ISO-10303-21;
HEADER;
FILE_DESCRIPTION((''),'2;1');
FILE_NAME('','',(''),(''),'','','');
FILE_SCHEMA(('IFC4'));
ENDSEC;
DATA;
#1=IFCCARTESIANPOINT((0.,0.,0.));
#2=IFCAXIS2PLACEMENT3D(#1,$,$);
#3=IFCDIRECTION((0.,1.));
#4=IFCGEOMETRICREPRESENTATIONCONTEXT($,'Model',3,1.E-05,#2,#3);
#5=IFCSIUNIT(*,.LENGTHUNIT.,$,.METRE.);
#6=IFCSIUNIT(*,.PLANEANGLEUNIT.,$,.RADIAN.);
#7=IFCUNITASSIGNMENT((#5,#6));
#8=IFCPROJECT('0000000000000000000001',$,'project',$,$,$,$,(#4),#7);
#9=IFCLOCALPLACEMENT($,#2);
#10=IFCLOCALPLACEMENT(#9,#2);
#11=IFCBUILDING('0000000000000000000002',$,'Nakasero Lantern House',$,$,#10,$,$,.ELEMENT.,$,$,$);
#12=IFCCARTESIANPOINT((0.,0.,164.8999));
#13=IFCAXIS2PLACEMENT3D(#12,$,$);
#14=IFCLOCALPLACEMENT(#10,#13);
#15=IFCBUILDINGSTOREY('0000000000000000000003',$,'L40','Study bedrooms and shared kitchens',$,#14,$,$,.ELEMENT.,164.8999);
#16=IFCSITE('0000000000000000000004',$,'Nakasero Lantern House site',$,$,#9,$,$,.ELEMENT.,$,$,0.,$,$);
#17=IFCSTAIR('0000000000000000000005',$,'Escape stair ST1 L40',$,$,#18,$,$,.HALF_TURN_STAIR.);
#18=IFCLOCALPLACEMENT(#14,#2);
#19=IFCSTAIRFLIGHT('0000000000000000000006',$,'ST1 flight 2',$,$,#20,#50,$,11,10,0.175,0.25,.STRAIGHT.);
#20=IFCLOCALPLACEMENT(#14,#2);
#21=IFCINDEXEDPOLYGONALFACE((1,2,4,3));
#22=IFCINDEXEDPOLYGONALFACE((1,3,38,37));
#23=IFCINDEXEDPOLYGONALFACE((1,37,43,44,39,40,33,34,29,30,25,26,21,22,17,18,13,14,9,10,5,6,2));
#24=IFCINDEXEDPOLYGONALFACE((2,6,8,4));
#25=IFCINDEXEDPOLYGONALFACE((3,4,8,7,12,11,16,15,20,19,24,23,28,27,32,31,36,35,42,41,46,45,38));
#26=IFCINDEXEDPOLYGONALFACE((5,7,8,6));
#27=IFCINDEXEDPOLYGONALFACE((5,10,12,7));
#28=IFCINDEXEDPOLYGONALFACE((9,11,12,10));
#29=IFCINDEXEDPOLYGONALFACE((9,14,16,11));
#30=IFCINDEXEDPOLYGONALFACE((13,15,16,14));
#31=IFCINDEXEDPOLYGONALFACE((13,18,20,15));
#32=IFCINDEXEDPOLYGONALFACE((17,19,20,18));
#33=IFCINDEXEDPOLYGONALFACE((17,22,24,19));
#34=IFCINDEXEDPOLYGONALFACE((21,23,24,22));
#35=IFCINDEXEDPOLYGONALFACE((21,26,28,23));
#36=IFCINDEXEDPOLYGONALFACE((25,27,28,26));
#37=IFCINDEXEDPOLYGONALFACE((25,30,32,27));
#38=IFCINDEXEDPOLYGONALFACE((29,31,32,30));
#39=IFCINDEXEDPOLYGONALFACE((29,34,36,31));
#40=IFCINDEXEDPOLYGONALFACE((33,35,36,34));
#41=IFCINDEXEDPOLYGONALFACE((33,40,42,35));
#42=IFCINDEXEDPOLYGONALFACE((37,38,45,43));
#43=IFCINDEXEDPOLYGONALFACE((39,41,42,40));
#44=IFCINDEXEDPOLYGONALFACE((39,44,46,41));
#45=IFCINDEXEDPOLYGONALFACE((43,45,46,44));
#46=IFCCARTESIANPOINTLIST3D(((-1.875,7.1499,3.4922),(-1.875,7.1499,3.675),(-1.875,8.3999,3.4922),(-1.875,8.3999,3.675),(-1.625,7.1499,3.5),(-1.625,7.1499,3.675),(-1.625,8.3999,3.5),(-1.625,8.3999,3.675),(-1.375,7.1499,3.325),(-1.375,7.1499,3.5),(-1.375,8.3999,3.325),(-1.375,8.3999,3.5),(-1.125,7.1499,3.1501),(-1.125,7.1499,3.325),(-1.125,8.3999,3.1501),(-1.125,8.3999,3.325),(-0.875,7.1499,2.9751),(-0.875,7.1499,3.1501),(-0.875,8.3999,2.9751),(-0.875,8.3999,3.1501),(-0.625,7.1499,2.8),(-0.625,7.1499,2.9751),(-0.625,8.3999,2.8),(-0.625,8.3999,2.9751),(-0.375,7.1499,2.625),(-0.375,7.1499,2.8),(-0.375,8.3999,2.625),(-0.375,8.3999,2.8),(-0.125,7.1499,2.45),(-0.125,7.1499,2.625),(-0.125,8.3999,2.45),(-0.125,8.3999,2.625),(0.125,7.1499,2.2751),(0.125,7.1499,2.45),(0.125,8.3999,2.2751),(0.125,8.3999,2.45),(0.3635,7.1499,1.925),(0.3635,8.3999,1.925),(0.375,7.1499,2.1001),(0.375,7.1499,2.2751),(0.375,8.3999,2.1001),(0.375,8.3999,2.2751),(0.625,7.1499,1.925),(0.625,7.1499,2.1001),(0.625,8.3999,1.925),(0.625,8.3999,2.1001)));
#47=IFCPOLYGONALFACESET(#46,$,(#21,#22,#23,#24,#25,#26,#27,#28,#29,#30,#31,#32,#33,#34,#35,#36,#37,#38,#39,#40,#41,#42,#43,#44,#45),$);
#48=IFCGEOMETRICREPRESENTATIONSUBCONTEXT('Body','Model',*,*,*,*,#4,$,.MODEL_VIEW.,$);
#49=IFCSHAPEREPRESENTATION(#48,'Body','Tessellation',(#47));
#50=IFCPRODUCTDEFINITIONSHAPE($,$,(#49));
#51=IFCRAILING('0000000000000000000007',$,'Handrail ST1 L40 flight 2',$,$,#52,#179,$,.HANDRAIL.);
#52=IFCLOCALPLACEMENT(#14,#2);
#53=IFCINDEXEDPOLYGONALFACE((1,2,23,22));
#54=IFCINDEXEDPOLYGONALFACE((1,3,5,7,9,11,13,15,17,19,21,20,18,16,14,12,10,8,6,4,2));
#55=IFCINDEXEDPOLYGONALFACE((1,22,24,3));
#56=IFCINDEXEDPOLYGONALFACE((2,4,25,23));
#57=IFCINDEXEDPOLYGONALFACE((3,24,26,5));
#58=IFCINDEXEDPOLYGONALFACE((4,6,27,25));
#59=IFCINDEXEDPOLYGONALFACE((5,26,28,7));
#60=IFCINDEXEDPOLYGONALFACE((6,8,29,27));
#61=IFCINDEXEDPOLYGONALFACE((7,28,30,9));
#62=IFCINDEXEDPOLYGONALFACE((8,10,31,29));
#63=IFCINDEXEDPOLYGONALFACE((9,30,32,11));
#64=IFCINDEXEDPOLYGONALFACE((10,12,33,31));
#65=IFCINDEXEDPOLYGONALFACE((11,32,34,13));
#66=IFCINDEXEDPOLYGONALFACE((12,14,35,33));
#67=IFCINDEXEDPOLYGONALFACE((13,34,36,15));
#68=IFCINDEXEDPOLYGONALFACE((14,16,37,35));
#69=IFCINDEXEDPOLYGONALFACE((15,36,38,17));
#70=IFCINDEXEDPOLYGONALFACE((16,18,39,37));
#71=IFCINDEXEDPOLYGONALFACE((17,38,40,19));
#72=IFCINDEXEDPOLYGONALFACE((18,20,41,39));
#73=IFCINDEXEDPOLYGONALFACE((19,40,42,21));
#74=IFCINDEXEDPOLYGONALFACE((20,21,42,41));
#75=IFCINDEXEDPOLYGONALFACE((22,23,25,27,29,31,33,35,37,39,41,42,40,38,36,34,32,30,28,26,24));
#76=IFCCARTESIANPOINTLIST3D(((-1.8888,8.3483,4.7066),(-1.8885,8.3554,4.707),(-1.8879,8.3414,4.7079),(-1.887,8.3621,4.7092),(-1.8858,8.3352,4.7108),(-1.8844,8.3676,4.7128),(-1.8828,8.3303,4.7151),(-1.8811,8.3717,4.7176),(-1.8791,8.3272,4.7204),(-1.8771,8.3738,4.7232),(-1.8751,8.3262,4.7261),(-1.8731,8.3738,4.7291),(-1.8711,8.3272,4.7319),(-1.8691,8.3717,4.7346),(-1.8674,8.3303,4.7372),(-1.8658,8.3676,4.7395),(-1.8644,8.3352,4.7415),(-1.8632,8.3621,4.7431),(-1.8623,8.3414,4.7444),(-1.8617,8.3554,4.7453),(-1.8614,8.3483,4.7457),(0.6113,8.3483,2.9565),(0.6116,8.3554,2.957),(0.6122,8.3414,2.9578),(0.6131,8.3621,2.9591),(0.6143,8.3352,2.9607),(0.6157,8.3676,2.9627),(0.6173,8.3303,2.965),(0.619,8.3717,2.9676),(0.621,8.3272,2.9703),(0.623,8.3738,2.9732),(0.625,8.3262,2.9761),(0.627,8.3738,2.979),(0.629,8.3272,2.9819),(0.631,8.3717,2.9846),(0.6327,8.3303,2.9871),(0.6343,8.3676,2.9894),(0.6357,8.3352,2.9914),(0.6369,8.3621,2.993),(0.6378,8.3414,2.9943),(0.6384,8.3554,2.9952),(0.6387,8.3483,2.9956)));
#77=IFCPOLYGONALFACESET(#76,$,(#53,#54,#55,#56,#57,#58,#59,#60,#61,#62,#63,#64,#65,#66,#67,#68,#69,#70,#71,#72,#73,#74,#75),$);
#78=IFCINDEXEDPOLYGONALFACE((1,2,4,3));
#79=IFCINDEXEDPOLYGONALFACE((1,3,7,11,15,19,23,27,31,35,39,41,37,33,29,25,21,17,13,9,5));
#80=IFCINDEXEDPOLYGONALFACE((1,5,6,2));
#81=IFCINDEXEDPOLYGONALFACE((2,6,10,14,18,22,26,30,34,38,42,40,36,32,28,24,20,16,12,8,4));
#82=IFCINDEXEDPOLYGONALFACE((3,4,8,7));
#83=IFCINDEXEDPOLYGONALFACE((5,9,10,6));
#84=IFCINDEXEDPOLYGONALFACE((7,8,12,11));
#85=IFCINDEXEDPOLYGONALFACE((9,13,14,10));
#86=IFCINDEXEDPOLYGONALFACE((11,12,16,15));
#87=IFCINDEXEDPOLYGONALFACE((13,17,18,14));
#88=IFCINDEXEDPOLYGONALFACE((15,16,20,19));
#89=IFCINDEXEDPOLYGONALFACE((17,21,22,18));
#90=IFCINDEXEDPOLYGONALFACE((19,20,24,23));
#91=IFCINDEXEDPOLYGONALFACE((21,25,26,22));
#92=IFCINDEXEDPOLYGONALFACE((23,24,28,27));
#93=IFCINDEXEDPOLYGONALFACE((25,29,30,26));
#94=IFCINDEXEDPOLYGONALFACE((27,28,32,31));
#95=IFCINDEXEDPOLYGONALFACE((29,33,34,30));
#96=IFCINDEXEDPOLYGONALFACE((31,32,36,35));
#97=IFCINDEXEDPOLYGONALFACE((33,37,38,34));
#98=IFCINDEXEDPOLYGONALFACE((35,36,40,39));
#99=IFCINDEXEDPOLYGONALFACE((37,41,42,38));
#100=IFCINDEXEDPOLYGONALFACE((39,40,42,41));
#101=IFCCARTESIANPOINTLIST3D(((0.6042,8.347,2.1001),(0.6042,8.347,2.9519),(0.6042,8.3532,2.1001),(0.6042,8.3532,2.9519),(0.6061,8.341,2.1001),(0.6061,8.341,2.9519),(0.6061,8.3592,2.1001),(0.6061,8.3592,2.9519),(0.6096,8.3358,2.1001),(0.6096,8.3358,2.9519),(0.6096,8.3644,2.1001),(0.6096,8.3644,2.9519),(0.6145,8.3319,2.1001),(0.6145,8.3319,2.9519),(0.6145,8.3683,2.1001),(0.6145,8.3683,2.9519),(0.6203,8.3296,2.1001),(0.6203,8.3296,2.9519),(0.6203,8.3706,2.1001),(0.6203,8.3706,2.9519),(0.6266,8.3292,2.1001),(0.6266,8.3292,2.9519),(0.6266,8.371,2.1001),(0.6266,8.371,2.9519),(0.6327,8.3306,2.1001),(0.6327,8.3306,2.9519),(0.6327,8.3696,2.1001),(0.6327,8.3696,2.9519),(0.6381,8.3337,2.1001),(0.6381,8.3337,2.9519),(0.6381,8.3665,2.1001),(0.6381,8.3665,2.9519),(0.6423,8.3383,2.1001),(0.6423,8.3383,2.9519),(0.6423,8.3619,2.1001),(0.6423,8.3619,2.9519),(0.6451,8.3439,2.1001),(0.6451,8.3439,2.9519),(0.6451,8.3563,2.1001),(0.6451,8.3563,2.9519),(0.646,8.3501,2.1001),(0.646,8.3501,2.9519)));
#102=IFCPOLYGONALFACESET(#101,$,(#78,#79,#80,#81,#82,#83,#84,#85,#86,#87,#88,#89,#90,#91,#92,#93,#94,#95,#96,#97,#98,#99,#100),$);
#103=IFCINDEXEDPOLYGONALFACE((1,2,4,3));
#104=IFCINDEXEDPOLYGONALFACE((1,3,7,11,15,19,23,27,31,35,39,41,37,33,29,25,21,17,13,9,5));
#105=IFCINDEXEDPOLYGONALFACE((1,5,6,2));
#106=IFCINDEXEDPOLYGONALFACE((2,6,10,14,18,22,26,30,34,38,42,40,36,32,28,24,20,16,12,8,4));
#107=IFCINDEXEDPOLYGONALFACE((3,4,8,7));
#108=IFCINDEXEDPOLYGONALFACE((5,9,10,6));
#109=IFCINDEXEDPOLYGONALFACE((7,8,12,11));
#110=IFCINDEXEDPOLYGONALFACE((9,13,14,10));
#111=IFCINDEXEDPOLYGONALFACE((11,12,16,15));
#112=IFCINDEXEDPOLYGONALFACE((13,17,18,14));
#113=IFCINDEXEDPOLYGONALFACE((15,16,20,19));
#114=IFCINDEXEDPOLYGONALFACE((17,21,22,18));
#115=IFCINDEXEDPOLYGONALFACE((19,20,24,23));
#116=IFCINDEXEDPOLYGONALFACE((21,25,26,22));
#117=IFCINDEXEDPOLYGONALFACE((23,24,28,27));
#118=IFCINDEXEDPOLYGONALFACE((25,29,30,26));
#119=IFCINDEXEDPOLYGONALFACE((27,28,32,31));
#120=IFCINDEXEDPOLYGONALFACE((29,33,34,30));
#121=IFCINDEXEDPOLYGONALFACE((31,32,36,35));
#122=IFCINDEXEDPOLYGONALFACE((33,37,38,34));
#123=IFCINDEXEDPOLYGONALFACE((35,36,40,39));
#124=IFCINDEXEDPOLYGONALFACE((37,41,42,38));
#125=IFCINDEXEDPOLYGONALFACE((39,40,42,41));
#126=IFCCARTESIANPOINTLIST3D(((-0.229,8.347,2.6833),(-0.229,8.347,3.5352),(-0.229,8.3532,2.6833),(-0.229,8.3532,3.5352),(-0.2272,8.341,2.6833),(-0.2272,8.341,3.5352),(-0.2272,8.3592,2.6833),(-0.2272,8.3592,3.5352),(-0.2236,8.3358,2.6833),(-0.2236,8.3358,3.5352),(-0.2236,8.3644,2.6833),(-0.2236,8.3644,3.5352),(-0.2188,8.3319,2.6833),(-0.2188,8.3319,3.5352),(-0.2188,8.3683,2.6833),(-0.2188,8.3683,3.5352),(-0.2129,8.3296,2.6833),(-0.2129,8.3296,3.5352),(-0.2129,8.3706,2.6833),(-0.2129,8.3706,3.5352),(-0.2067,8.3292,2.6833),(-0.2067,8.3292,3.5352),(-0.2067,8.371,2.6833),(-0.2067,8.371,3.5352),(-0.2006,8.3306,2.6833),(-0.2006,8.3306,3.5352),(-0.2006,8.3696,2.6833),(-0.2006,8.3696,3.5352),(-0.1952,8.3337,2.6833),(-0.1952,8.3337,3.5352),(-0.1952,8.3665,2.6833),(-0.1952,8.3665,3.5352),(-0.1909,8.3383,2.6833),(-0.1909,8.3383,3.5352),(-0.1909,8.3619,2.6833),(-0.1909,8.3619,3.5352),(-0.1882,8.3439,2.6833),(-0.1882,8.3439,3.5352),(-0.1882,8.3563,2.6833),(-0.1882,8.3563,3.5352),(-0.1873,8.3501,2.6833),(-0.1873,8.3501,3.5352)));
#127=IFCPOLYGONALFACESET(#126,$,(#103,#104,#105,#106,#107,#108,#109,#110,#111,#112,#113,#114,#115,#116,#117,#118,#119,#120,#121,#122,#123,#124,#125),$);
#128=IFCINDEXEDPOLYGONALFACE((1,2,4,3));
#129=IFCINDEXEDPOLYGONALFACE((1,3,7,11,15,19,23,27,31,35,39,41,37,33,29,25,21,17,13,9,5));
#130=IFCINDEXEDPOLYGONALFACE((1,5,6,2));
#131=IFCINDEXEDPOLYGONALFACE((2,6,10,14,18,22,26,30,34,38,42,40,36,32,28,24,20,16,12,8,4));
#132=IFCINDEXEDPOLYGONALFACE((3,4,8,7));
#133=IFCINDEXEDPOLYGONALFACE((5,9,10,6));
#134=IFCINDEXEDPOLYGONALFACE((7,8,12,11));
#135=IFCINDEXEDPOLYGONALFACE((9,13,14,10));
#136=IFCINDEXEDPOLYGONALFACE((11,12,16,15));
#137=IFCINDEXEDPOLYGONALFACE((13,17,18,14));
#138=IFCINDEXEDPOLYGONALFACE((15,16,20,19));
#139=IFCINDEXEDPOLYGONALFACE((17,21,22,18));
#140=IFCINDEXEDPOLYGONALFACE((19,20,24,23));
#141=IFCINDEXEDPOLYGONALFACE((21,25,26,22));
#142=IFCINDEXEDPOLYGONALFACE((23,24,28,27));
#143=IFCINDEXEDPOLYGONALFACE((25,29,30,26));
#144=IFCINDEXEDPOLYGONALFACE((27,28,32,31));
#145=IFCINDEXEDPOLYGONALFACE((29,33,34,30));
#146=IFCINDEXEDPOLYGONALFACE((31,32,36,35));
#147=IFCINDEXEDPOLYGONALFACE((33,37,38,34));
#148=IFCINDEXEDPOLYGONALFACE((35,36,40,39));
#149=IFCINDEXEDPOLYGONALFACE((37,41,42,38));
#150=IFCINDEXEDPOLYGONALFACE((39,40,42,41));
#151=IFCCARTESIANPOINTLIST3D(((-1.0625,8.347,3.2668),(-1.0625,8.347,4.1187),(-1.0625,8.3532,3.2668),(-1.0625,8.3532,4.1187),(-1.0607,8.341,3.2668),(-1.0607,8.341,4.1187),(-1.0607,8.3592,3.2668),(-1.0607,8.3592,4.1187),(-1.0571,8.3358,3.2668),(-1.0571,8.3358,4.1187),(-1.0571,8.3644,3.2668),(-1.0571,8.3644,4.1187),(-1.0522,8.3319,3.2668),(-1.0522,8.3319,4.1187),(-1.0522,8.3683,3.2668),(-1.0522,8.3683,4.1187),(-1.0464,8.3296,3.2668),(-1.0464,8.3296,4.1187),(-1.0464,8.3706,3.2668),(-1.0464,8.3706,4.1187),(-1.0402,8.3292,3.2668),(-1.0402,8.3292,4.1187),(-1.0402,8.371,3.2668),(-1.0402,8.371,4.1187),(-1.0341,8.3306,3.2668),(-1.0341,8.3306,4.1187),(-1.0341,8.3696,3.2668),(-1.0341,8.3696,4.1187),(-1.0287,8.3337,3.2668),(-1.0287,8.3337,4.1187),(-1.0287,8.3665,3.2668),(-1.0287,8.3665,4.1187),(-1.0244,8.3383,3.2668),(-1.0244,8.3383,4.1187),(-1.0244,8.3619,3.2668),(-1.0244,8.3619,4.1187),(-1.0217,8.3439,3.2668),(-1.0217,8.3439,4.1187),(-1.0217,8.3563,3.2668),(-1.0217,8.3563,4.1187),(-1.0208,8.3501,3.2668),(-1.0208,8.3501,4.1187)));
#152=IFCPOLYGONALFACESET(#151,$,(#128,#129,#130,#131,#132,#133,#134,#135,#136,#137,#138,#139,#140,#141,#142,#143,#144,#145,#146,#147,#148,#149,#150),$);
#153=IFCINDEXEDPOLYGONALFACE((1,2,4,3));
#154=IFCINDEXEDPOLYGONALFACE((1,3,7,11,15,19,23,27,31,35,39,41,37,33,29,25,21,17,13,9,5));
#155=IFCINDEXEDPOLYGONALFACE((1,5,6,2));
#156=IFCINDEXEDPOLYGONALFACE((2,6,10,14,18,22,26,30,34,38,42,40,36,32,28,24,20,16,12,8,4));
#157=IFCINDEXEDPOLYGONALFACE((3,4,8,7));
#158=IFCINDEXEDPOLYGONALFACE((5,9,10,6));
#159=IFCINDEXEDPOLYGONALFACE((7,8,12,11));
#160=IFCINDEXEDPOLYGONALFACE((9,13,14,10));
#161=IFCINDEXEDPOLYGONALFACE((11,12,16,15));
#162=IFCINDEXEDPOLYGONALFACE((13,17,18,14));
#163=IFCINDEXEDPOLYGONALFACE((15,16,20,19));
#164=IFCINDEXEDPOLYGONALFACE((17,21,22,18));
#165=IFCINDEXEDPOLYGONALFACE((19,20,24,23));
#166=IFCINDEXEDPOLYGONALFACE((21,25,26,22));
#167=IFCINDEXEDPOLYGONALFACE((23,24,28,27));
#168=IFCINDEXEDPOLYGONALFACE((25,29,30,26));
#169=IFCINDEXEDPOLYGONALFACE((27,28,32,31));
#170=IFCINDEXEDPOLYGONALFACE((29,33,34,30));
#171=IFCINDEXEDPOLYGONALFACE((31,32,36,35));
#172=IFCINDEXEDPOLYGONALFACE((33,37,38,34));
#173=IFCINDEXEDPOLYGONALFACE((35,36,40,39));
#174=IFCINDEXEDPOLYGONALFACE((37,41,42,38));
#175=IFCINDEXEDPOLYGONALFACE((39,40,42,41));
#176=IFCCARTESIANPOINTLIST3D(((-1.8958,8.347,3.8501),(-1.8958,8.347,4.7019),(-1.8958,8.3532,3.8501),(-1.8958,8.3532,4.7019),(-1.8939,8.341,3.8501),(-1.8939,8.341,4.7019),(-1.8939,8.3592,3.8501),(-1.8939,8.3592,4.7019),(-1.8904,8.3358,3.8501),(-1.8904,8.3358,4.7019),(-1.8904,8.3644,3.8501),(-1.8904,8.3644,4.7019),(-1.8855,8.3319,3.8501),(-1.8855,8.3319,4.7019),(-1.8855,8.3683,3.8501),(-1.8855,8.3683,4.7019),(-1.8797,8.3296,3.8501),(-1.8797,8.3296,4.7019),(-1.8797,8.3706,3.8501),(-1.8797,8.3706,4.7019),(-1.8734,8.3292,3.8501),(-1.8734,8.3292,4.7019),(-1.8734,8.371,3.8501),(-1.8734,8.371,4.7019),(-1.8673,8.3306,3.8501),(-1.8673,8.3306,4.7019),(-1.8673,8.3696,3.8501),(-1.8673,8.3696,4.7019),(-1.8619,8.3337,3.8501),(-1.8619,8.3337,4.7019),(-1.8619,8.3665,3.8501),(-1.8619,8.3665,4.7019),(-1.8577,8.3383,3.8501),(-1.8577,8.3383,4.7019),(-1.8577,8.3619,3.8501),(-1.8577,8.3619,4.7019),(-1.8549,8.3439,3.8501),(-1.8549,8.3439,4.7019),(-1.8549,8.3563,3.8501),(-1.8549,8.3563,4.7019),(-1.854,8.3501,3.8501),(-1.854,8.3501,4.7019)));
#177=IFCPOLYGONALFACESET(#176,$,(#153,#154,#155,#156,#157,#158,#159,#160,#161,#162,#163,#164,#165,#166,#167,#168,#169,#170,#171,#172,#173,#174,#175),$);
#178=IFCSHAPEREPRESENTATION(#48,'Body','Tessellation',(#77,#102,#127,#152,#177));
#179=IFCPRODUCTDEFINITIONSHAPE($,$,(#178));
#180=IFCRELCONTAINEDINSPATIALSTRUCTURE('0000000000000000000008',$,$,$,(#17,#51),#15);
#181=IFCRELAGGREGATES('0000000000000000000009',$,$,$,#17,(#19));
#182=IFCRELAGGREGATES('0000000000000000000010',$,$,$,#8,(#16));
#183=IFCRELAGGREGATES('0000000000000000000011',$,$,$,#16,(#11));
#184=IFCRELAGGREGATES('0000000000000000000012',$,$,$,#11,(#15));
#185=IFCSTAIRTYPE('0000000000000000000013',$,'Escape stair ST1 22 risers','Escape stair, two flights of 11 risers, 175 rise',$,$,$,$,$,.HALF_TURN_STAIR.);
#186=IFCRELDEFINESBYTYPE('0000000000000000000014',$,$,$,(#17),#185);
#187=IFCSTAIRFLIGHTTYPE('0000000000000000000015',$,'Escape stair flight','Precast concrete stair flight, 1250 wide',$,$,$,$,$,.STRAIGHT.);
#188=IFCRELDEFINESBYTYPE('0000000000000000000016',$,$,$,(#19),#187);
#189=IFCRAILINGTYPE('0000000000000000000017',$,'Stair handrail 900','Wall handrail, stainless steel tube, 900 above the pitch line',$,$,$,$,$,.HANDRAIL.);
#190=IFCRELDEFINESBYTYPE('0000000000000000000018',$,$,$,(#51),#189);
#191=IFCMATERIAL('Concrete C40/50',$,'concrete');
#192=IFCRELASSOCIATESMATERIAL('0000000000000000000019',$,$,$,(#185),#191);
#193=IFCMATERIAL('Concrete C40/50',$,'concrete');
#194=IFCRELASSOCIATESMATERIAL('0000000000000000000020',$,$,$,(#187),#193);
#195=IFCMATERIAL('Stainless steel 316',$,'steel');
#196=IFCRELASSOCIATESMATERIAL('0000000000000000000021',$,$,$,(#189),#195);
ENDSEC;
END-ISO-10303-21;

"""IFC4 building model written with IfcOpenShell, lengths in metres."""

from ifc_helpers import new_model, si_unit, direction, frame, origin, origin_2d, place, context, subcontext, project, spatial, polyline, circle, outline, extrude, material, type_object, element, aggregate, save


model = new_model("IFC4")

# Units and contexts
model_context = context("Model", 3, precision=1e-05, world=origin(), true_north=direction((0.0, 1.0)))
body_context = subcontext(model_context, "Body", "Model", "MODEL_VIEW")
ifc_project = project(units=[si_unit("LENGTHUNIT", "METRE"), si_unit("PLANEANGLEUNIT", "RADIAN")], contexts=[model_context])

# Site, building, storey
site_placement = place(None, origin())
site = spatial("IfcSite", under=ifc_project, at=site_placement, Name="Nakasero Lantern House site", CompositionType="ELEMENT", RefElevation=0.0)
building_placement = place(site_placement, origin())
building = spatial("IfcBuilding", under=site, at=building_placement, Name="Nakasero Lantern House", CompositionType="ELEMENT")
storey_placement = place(building_placement, frame((0.0, 0.0, 164.8999)))
storey = spatial("IfcBuildingStorey", under=building, at=storey_placement, Name="L40", Description="Study bedrooms and shared kitchens", CompositionType="ELEMENT", Elevation=164.8999)

# Stair
ifc_material_1 = material(Name="Concrete C40/50", Category="concrete")
stair_type_1 = type_object("IfcStairType", Name="Escape stair ST1 22 risers", Description="Escape stair, two flights of 11 risers, 175 rise", PredefinedType="HALF_TURN_STAIR", material=ifc_material_1)
stair_1_placement = place(storey_placement, origin())
stair_1 = element("IfcStair", 1, at=stair_1_placement, inside=storey, type_object=stair_type_1, Name="Escape stair ST1 L40", PredefinedType="HALF_TURN_STAIR")

# Stair flight
ifc_material_2 = material(Name="Concrete C40/50", Category="concrete")
stair_flight_type = type_object("IfcStairFlightType", Name="Escape stair flight", Description="Precast concrete stair flight, 1250 wide", PredefinedType="STRAIGHT", material=ifc_material_2)
stair_flight_placement = place(storey_placement, frame((0.625, 7.7749, 1.925), z_axis=(0.0, 0.0, 1.0), x_axis=(-1.0, 0.0, 0.0)))
stair_flight = element("IfcStairFlight", 2, at=stair_flight_placement, type_object=stair_flight_type, Name="ST1 flight 2", NumberOfRisers=11, NumberOfTreads=10, PredefinedType="STRAIGHT", RiserHeight=0.175, TreadLength=0.25, context=body_context, shape_type="SweptSolid", body=[
    extrude(outline(polyline([(0.0, 0.0), (0.0, 0.175), (0.25, 0.175), (0.25, 0.3501), (0.5, 0.3501), (0.5, 0.5249), (0.75, 0.5249), (0.75, 0.7), (1.0, 0.7), (1.0, 0.875), (1.25, 0.875), (1.25, 1.05), (1.5, 1.05), (1.5, 1.2251), (1.75, 1.2251), (1.75, 1.3999), (2.0, 1.3999), (2.0, 1.575), (2.25, 1.575), (2.25, 1.75), (2.5, 1.75), (2.5, 1.925), (2.5, 1.5671), (0.2615, 0.0), (0.0, 0.0)])), frame((0.0, 0.625, 0.0), z_axis=(0.0, -1.0, 0.0), x_axis=(1.0, 0.0, 0.0)), (0.0, 0.0, 1.0), 1.25),
])
aggregate(stair_1, [stair_flight])

# Railing
ifc_material_3 = material(Name="Stainless steel 316", Category="steel")
railing_type = type_object("IfcRailingType", Name="Stair handrail 900", Description="Wall handrail, stainless steel tube, 900 above the pitch line", PredefinedType="HANDRAIL", material=ifc_material_3)
railing_placement = place(storey_placement, frame((0.625, 8.3501, 2.1001)))
element("IfcRailing", 3, at=railing_placement, inside=storey, type_object=railing_type, Name="Handrail ST1 L40 flight 2", PredefinedType="HANDRAIL", context=body_context, shape_type="SweptSolid", body=[
    extrude(circle(Radius=0.0239, at=origin_2d()), frame((0.0, 0.0, 0.876), z_axis=(-0.819232, 0.0, 0.573462), x_axis=(0.0, -1.0, 0.0)), (0.0, 0.0, 1.0), 3.0518),
    extrude(circle(Radius=0.021, at=origin_2d()), origin(), (0.0, 0.0, 1.0), 0.8518),
    extrude(circle(Radius=0.021, at=origin_2d()), frame((-0.8333, 0.0, 0.5833)), (0.0, 0.0, 1.0), 0.8518),
    extrude(circle(Radius=0.021, at=origin_2d()), frame((-1.6667, 0.0, 1.1667)), (0.0, 0.0, 1.0), 0.8518),
    extrude(circle(Radius=0.021, at=origin_2d()), frame((-2.5, 0.0, 1.75)), (0.0, 0.0, 1.0), 0.8518),
])

save(model, "model.ifc")
